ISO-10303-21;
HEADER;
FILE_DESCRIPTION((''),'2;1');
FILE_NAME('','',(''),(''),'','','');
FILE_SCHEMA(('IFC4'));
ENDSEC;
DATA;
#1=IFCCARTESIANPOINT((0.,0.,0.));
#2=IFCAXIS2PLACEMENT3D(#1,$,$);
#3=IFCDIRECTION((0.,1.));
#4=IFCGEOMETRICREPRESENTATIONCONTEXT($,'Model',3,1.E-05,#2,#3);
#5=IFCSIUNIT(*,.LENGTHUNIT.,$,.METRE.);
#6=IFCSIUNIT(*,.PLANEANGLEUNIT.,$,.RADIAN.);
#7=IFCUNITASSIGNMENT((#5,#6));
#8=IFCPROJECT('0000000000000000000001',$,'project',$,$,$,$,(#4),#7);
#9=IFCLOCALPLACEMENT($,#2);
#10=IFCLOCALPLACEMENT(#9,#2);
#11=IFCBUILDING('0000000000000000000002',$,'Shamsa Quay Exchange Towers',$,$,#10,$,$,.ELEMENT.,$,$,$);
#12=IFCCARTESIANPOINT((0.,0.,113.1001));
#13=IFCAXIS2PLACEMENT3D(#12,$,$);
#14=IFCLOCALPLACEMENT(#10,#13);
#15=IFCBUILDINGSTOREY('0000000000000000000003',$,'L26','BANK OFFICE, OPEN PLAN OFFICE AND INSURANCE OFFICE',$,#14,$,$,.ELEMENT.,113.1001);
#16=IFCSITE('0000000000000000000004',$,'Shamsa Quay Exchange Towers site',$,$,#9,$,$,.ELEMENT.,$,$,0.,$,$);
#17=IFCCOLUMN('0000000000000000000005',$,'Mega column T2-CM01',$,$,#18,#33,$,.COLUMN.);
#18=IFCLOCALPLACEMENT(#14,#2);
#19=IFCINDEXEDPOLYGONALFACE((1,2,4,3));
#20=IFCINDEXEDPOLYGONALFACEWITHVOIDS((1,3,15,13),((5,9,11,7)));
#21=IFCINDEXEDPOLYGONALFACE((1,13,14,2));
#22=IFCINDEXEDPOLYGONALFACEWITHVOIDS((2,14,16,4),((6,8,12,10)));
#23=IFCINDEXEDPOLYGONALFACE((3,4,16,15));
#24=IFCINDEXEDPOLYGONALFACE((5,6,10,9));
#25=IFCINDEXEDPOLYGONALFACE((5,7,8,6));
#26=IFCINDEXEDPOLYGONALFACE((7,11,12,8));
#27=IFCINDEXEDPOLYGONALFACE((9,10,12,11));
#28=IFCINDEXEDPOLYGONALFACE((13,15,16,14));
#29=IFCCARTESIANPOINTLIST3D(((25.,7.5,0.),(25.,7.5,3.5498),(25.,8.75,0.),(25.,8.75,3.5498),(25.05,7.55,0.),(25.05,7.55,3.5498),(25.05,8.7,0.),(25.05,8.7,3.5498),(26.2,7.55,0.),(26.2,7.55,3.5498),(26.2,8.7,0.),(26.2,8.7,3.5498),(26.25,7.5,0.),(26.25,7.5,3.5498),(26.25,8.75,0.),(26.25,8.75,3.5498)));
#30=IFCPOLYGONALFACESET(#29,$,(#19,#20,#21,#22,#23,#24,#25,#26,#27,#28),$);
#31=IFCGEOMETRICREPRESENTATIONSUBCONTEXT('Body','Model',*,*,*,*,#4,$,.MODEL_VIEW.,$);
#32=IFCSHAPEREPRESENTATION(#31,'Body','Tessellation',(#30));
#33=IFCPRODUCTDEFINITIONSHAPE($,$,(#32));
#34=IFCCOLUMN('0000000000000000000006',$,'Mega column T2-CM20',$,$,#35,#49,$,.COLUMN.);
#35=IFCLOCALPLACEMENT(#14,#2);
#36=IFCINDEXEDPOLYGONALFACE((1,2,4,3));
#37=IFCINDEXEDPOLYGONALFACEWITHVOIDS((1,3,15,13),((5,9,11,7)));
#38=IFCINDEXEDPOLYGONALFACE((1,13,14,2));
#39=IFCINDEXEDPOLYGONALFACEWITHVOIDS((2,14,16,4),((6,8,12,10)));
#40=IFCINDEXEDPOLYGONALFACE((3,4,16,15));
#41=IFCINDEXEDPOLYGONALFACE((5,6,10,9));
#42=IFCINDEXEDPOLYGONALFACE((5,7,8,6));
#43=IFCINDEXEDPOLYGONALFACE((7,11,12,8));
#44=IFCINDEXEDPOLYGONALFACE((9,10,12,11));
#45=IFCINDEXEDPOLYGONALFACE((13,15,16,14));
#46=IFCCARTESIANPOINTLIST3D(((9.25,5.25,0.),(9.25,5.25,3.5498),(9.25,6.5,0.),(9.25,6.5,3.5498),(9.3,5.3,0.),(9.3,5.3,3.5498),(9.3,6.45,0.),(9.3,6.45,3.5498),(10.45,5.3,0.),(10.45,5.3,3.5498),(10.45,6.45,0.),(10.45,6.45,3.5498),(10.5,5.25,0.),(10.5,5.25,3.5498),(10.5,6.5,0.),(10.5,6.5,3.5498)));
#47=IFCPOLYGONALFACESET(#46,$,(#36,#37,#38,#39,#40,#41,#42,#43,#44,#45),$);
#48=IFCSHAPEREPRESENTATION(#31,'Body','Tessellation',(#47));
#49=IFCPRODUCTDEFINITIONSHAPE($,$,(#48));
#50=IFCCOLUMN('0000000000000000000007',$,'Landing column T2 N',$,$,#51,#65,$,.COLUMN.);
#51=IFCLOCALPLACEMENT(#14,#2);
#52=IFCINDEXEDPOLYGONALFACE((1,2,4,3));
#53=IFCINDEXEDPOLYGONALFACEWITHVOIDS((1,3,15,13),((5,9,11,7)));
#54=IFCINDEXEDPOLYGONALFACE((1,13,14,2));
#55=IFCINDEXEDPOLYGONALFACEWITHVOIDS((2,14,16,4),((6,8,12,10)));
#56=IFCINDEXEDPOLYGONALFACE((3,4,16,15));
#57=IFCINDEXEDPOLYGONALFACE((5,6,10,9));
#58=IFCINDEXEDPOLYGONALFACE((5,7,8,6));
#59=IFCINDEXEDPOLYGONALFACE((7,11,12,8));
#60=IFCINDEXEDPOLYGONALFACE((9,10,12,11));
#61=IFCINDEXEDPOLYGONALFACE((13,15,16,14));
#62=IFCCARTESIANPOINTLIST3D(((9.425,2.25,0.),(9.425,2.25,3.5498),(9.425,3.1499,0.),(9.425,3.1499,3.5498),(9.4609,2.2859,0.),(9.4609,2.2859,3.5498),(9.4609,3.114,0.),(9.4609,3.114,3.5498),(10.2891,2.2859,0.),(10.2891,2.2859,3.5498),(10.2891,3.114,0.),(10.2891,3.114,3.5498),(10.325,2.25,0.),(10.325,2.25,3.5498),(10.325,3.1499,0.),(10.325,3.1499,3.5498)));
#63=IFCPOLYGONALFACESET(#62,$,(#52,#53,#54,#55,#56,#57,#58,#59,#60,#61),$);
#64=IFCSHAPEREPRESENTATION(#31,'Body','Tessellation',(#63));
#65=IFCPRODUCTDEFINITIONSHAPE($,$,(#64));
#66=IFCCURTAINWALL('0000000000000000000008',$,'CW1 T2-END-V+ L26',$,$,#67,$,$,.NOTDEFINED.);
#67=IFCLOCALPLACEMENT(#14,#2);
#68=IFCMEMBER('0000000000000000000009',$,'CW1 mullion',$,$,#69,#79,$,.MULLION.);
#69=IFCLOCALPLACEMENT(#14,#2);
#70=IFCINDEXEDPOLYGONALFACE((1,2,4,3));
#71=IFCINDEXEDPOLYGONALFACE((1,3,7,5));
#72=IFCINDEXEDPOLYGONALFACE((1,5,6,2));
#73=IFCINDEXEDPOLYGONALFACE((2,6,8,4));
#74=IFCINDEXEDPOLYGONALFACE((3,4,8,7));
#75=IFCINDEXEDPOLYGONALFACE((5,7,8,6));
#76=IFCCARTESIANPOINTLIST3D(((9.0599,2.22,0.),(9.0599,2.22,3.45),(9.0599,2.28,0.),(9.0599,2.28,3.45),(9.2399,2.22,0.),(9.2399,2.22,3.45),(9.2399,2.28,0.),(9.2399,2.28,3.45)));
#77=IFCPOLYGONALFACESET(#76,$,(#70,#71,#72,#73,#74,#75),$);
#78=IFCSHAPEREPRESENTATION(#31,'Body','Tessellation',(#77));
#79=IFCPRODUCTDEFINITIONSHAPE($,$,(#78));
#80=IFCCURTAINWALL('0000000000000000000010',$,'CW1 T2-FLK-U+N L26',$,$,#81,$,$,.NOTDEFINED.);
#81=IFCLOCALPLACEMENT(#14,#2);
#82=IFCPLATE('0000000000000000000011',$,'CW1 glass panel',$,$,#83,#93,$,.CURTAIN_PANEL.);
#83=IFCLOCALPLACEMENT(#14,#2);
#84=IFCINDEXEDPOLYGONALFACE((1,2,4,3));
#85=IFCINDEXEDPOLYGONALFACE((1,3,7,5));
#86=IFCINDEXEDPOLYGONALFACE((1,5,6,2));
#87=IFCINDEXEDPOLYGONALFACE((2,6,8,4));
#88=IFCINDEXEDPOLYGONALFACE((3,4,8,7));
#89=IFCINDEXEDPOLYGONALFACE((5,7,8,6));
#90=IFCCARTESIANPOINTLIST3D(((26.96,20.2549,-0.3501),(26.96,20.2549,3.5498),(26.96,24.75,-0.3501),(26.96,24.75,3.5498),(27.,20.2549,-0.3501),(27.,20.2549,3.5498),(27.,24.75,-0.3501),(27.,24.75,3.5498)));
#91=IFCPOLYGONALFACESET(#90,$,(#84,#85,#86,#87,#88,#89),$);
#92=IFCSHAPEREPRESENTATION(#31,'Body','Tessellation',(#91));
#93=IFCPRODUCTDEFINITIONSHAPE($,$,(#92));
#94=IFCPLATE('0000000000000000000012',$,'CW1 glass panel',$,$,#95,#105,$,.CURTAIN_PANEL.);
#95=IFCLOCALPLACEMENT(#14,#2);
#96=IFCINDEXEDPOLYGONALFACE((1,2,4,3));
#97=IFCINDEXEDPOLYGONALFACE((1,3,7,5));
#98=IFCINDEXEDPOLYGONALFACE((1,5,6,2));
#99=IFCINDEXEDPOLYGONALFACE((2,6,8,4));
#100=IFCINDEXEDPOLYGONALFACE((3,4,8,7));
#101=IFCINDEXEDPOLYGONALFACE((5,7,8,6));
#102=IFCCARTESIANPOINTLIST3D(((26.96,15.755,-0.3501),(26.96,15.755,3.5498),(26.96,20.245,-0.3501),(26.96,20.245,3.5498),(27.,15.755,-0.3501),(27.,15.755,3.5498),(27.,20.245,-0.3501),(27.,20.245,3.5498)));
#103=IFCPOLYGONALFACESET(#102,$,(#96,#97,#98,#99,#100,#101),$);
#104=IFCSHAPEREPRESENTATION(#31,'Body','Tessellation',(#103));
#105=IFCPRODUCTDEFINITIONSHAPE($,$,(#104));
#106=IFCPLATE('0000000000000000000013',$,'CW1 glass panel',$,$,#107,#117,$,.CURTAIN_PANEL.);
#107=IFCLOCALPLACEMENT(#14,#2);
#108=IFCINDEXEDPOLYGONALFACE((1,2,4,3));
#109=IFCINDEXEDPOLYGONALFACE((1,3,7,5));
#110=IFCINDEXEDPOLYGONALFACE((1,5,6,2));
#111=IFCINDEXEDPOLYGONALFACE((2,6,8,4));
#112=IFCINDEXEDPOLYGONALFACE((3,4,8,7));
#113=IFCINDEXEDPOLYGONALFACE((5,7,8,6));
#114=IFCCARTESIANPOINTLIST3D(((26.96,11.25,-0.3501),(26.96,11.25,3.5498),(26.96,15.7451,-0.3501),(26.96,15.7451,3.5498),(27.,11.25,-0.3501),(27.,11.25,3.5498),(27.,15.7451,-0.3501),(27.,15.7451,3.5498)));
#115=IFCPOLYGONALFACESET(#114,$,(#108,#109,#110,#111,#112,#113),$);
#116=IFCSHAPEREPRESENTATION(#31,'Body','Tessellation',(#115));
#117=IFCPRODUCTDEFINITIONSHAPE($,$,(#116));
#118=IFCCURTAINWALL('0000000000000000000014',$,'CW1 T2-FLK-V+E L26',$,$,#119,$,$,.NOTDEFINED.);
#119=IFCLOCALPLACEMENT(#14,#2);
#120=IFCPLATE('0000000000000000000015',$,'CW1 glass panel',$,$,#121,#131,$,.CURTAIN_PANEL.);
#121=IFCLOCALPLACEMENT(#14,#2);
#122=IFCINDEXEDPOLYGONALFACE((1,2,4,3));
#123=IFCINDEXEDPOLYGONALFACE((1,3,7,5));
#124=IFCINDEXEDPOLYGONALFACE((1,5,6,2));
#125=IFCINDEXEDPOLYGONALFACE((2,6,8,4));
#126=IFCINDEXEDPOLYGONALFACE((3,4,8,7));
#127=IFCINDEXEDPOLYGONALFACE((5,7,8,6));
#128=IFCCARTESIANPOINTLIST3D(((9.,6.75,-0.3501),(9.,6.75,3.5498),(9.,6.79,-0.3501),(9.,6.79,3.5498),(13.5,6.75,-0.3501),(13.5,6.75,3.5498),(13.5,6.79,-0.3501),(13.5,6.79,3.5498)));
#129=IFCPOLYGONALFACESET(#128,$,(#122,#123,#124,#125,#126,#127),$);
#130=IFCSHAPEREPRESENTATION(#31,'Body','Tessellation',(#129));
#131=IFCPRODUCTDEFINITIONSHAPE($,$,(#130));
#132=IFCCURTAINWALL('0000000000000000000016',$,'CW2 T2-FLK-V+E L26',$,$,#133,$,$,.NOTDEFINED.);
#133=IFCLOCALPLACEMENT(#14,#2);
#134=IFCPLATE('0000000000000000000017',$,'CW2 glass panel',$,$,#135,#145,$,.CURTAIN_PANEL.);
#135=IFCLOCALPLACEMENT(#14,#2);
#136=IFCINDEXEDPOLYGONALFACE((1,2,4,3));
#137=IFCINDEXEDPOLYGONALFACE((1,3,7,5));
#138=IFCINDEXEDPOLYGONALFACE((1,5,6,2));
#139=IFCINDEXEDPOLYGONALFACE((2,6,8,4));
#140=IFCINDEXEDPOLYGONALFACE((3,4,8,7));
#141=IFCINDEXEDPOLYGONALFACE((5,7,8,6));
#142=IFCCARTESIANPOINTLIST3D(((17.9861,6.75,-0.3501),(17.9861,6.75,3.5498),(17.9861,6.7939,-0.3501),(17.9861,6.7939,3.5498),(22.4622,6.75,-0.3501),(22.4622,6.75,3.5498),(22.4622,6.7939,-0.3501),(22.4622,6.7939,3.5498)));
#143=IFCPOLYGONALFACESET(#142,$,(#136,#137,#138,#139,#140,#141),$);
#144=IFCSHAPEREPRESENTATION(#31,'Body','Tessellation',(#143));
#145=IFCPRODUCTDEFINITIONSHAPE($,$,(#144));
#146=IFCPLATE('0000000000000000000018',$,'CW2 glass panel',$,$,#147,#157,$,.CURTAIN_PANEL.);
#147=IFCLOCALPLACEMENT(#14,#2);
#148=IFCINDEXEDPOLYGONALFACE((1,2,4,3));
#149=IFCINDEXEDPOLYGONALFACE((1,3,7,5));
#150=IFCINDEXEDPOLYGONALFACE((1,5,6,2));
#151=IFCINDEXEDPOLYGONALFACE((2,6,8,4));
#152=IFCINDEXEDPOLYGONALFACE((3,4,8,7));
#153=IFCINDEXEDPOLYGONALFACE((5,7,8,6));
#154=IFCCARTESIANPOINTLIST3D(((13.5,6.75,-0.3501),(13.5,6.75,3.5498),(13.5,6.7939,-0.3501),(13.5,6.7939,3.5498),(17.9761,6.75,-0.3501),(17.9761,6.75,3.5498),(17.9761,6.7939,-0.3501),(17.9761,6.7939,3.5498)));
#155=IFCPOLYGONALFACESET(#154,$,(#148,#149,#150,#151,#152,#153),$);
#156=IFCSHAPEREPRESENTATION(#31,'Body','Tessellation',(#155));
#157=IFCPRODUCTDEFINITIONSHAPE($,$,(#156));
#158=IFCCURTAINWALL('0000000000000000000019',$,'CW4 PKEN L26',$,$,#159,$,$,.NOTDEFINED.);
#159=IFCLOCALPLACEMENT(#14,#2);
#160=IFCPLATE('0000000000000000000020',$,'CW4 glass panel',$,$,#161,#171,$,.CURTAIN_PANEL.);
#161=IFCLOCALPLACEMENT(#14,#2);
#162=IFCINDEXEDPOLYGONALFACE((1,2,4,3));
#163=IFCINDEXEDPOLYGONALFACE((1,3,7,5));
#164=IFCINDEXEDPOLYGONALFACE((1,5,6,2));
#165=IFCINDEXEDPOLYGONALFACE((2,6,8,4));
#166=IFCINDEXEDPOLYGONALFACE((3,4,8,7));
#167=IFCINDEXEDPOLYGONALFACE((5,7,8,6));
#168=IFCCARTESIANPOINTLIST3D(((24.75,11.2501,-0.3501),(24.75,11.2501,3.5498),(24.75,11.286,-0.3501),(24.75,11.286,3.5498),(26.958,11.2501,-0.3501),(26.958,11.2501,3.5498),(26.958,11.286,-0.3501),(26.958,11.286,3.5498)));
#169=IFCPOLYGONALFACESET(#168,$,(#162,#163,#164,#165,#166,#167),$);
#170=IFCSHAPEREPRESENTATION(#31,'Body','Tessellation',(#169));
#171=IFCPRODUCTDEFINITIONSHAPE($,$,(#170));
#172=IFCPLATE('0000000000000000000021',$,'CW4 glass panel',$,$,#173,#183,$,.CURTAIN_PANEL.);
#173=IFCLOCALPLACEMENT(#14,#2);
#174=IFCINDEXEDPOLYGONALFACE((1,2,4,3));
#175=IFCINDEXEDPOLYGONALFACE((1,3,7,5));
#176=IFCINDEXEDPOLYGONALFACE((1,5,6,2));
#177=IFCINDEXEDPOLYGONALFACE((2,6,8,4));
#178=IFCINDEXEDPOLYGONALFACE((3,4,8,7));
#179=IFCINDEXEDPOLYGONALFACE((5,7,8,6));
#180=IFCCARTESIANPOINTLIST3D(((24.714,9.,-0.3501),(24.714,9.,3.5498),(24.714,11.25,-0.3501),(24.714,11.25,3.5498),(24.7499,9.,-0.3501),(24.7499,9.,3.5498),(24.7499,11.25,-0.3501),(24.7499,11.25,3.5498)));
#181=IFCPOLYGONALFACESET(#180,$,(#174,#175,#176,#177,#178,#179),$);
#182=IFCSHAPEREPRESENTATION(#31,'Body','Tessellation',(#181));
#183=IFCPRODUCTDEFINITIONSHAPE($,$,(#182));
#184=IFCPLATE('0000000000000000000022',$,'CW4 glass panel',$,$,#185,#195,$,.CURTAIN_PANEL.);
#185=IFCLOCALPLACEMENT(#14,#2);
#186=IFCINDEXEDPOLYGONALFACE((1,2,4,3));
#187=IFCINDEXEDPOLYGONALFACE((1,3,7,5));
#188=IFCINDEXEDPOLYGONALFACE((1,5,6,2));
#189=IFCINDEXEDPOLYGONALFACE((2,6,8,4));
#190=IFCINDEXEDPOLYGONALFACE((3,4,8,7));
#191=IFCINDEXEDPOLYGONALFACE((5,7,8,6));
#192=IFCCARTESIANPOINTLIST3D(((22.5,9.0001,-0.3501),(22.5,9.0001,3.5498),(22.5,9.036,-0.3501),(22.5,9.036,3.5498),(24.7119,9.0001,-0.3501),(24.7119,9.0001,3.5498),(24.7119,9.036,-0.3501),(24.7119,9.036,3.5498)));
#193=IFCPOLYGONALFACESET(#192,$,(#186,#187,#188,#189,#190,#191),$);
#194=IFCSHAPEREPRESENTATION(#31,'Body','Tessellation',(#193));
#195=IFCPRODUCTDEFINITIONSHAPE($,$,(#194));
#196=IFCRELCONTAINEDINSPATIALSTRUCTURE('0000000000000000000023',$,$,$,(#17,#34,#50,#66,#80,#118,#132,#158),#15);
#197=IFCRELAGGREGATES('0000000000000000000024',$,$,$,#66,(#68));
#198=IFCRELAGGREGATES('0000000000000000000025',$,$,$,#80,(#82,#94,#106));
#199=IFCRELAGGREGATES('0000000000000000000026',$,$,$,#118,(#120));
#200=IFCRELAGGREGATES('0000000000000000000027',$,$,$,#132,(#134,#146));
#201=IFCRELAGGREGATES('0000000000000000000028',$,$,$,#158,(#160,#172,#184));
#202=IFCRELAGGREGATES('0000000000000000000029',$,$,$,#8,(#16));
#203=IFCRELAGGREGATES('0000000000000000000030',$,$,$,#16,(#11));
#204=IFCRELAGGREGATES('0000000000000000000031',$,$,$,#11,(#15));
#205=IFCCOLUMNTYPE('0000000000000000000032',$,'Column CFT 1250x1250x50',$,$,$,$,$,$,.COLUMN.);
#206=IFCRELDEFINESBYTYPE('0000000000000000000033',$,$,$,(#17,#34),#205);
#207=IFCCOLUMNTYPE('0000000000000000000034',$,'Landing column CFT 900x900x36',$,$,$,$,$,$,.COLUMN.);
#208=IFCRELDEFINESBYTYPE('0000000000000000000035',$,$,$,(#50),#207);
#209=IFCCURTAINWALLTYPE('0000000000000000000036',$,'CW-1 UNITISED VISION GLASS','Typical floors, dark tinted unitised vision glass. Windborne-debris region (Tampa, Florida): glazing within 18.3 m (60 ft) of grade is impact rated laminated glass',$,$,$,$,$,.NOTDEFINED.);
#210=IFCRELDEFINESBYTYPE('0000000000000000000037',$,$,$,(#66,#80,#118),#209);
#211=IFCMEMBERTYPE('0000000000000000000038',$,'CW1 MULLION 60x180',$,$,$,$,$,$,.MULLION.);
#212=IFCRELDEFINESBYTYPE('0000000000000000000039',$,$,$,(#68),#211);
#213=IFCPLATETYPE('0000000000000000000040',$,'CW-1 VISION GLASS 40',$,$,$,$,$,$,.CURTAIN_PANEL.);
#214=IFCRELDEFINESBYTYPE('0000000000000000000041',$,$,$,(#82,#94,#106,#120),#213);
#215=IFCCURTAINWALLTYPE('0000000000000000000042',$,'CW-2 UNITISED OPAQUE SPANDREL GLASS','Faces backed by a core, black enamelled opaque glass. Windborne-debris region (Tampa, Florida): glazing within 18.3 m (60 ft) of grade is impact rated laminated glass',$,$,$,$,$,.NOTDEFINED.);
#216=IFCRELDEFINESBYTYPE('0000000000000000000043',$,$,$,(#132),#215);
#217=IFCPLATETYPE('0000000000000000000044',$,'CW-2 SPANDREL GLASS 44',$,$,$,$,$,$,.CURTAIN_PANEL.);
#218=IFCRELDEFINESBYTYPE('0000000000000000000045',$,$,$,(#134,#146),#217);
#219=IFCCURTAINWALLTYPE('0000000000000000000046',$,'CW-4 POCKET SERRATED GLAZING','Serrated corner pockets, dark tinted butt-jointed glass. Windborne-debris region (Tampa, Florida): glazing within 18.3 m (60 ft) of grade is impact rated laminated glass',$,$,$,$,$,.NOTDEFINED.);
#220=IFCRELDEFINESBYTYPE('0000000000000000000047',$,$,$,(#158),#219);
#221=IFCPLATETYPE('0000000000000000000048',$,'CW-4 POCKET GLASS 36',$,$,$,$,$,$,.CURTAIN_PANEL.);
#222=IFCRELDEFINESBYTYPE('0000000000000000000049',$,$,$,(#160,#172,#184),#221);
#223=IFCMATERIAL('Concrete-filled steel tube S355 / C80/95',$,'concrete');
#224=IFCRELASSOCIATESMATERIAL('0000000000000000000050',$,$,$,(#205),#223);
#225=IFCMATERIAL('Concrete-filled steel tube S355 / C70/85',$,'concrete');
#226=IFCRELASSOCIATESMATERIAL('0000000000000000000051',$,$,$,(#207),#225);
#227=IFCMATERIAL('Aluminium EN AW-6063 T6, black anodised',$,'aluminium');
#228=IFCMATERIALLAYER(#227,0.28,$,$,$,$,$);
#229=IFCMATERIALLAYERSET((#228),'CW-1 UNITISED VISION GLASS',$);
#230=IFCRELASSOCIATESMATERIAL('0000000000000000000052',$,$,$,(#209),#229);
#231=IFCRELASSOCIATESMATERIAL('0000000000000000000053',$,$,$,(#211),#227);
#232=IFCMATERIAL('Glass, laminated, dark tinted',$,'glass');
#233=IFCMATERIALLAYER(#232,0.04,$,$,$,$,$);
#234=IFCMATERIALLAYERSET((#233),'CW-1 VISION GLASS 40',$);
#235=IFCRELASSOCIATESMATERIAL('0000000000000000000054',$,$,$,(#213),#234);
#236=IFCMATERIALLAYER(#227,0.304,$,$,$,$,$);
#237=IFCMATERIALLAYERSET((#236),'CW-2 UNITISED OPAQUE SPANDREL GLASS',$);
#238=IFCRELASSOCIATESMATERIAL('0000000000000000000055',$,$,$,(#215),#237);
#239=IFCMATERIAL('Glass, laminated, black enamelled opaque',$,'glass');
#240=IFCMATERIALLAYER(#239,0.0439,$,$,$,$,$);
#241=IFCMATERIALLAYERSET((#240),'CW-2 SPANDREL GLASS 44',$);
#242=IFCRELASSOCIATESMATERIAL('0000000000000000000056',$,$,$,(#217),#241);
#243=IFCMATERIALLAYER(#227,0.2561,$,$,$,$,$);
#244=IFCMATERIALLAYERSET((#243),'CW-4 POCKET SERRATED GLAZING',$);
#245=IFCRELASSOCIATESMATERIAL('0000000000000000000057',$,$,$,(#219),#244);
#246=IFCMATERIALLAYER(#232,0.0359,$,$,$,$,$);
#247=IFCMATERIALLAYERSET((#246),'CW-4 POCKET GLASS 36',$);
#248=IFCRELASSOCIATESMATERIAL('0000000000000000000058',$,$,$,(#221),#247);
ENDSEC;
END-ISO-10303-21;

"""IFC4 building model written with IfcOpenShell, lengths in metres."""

from ifc_helpers import new_model, si_unit, direction, frame, origin, origin_2d, place, context, subcontext, project, spatial, rectangle, hollow_rectangle, extrude, material, layer, layer_set, material_profile, profile_set, type_object, element, aggregate, save


model = new_model("IFC4")

# Units and contexts
model_context = context("Model", 3, precision=1e-05, world=origin(), true_north=direction((0.0, 1.0)))
body_context = subcontext(model_context, "Body", "Model", "MODEL_VIEW")
ifc_project = project(units=[si_unit("LENGTHUNIT", "METRE"), si_unit("PLANEANGLEUNIT", "RADIAN")], contexts=[model_context])

# Site, building, storey
site_placement = place(None, origin())
site = spatial("IfcSite", under=ifc_project, at=site_placement, Name="Shamsa Quay Exchange Towers site", CompositionType="ELEMENT", RefElevation=0.0)
building_placement = place(site_placement, origin())
building = spatial("IfcBuilding", under=site, at=building_placement, Name="Shamsa Quay Exchange Towers", CompositionType="ELEMENT")
storey_placement = place(building_placement, frame((0.0, 0.0, 113.1001)))
storey = spatial("IfcBuildingStorey", under=building, at=storey_placement, Name="L26", Description="BANK OFFICE, OPEN PLAN OFFICE AND INSURANCE OFFICE", CompositionType="ELEMENT", Elevation=113.1001)

# Columns
ifc_material_1 = material(Name="Concrete-filled steel tube S355 / C80/95", Category="concrete")
ifc_material_profile_1 = material_profile(ifc_material_1, hollow_rectangle(XDim=1.25, YDim=1.25, WallThickness=0.05, at=origin_2d()), Name="CFT 1250x1250x50")
ifc_profile_set_1 = profile_set([ifc_material_profile_1], Name="Concrete-filled steel tube S355 / C80/95")
column_type_1 = type_object("IfcColumnType", Name="Column CFT 1250x1250x50", PredefinedType="COLUMN", material=ifc_profile_set_1)
for number, where, name in (
    (1, (25.625, 8.125, 0.0), "Mega column T2-CM01"),
    (2, (9.875, 5.875, 0.0), "Mega column T2-CM20"),
):
    element("IfcColumn", number, at=place(storey_placement, frame(where)), inside=storey, type_object=column_type_1, Name=name, PredefinedType="COLUMN", context=body_context, shape_type="SweptSolid", body=[
        extrude(hollow_rectangle(XDim=1.25, YDim=1.25, WallThickness=0.05, at=origin_2d()), origin(), (0.0, 0.0, 1.0), 3.5498),
    ])
ifc_material_2 = material(Name="Concrete-filled steel tube S355 / C70/85", Category="concrete")
ifc_material_profile_2 = material_profile(ifc_material_2, hollow_rectangle(XDim=0.8999, YDim=0.8999, WallThickness=0.0359, at=origin_2d()), Name="CFT 900x900x36")
ifc_profile_set_2 = profile_set([ifc_material_profile_2], Name="Concrete-filled steel tube S355 / C70/85")
column_type_2 = type_object("IfcColumnType", Name="Landing column CFT 900x900x36", PredefinedType="COLUMN", material=ifc_profile_set_2)
column_placement = place(storey_placement, frame((9.875, 2.7, 0.0)))
element("IfcColumn", 3, at=column_placement, inside=storey, type_object=column_type_2, Name="Landing column T2 N", PredefinedType="COLUMN", context=body_context, shape_type="SweptSolid", body=[
    extrude(hollow_rectangle(XDim=0.8999, YDim=0.8999, WallThickness=0.0359, at=origin_2d()), origin(), (0.0, 0.0, 1.0), 3.5498),
])

# Curtain wall, member
ifc_material_3 = material(Name="Aluminium EN AW-6063 T6, black anodised", Category="aluminium")
ifc_layer_1 = layer(ifc_material_3, 0.28)
ifc_layer_set_1 = layer_set([ifc_layer_1], Name="CW-1 UNITISED VISION GLASS")
curtain_wall_type_1 = type_object("IfcCurtainWallType", Name="CW-1 UNITISED VISION GLASS", Description="Typical floors, dark tinted unitised vision glass. Windborne-debris region (Tampa, Florida): glazing within 18.3 m (60 ft) of grade is impact rated laminated glass", PredefinedType="NOTDEFINED", material=ifc_layer_set_1)
curtain_wall_1_placement = place(storey_placement, origin())
curtain_wall_1 = element("IfcCurtainWall", 4, at=curtain_wall_1_placement, inside=storey, type_object=curtain_wall_type_1, Name="CW1 T2-END-V+ L26", PredefinedType="NOTDEFINED")
ifc_material_profile_3 = material_profile(ifc_material_3, rectangle(XDim=0.1799, YDim=0.0601, at=origin_2d()), Name="MU60x180")
ifc_profile_set_3 = profile_set([ifc_material_profile_3], Name="Aluminium EN AW-6063 T6, black anodised")
member_type = type_object("IfcMemberType", Name="CW1 MULLION 60x180", PredefinedType="MULLION", material=ifc_profile_set_3)
member_placement = place(storey_placement, frame((9.1499, 2.25, 0.0)))
member = element("IfcMember", 5, at=member_placement, type_object=member_type, Name="CW1 mullion", PredefinedType="MULLION", context=body_context, shape_type="SweptSolid", body=[
    extrude(rectangle(XDim=0.1799, YDim=0.0601, at=origin_2d()), origin(), (0.0, 0.0, 1.0), 3.45),
])
aggregate(curtain_wall_1, [member])

# Curtain wall, plates
curtain_wall_2_placement = place(storey_placement, origin())
curtain_wall_2 = element("IfcCurtainWall", 6, at=curtain_wall_2_placement, inside=storey, type_object=curtain_wall_type_1, Name="CW1 T2-FLK-U+N L26", PredefinedType="NOTDEFINED")
ifc_material_4 = material(Name="Glass, laminated, dark tinted", Category="glass")
ifc_layer_2 = layer(ifc_material_4, 0.04)
ifc_layer_set_2 = layer_set([ifc_layer_2], Name="CW-1 VISION GLASS 40")
plate_type_1 = type_object("IfcPlateType", Name="CW-1 VISION GLASS 40", PredefinedType="CURTAIN_PANEL", material=ifc_layer_set_2)
plate_1_placement = place(storey_placement, frame((26.98, 22.5024, -0.3501), z_axis=(0.0, 0.0, 1.0), x_axis=(0.0, -1.0, 0.0)))
plate_1 = element("IfcPlate", 7, at=plate_1_placement, type_object=plate_type_1, Name="CW1 glass panel", PredefinedType="CURTAIN_PANEL", context=body_context, shape_type="SweptSolid", body=[
    extrude(rectangle(XDim=4.4951, YDim=0.04, at=origin_2d()), origin(), (0.0, 0.0, 1.0), 3.8999),
])
plate_2_placement = place(storey_placement, frame((26.98, 18.0, -0.3501), z_axis=(0.0, 0.0, 1.0), x_axis=(0.0, -1.0, 0.0)))
plate_2 = element("IfcPlate", 8, at=plate_2_placement, type_object=plate_type_1, Name="CW1 glass panel", PredefinedType="CURTAIN_PANEL", context=body_context, shape_type="SweptSolid", body=[
    extrude(rectangle(XDim=4.49, YDim=0.04, at=origin_2d()), origin(), (0.0, 0.0, 1.0), 3.8999),
])
plate_3_placement = place(storey_placement, frame((26.98, 13.4976, -0.3501), z_axis=(0.0, 0.0, 1.0), x_axis=(0.0, -1.0, 0.0)))
plate_3 = element("IfcPlate", 9, at=plate_3_placement, type_object=plate_type_1, Name="CW1 glass panel", PredefinedType="CURTAIN_PANEL", context=body_context, shape_type="SweptSolid", body=[
    extrude(rectangle(XDim=4.4951, YDim=0.04, at=origin_2d()), origin(), (0.0, 0.0, 1.0), 3.8999),
])
aggregate(curtain_wall_2, [plate_1, plate_2, plate_3])

# Curtain wall, plate
curtain_wall_3_placement = place(storey_placement, origin())
curtain_wall_3 = element("IfcCurtainWall", 10, at=curtain_wall_3_placement, inside=storey, type_object=curtain_wall_type_1, Name="CW1 T2-FLK-V+E L26", PredefinedType="NOTDEFINED")
plate_4_placement = place(storey_placement, frame((11.25, 6.77, -0.3501), z_axis=(0.0, 0.0, 1.0), x_axis=(-1.0, 0.0, 0.0)))
plate_4 = element("IfcPlate", 11, at=plate_4_placement, type_object=plate_type_1, Name="CW1 glass panel", PredefinedType="CURTAIN_PANEL", context=body_context, shape_type="SweptSolid", body=[
    extrude(rectangle(XDim=4.5, YDim=0.04, at=origin_2d()), origin(), (0.0, 0.0, 1.0), 3.8999),
])
aggregate(curtain_wall_3, [plate_4])

# Curtain walls, plates
ifc_layer_3 = layer(ifc_material_3, 0.304)
ifc_layer_set_3 = layer_set([ifc_layer_3], Name="CW-2 UNITISED OPAQUE SPANDREL GLASS")
curtain_wall_type_2 = type_object("IfcCurtainWallType", Name="CW-2 UNITISED OPAQUE SPANDREL GLASS", Description="Faces backed by a core, black enamelled opaque glass. Windborne-debris region (Tampa, Florida): glazing within 18.3 m (60 ft) of grade is impact rated laminated glass", PredefinedType="NOTDEFINED", material=ifc_layer_set_3)
curtain_wall_4_placement = place(storey_placement, origin())
curtain_wall_4 = element("IfcCurtainWall", 12, at=curtain_wall_4_placement, inside=storey, type_object=curtain_wall_type_2, Name="CW2 T2-FLK-V+E L26", PredefinedType="NOTDEFINED")
ifc_material_5 = material(Name="Glass, laminated, black enamelled opaque", Category="glass")
ifc_layer_4 = layer(ifc_material_5, 0.0439)
ifc_layer_set_4 = layer_set([ifc_layer_4], Name="CW-2 SPANDREL GLASS 44")
plate_type_2 = type_object("IfcPlateType", Name="CW-2 SPANDREL GLASS 44", PredefinedType="CURTAIN_PANEL", material=ifc_layer_set_4)
plate_5_placement = place(storey_placement, frame((20.2241, 6.772, -0.3501), z_axis=(0.0, 0.0, 1.0), x_axis=(-1.0, 0.0, 0.0)))
plate_5 = element("IfcPlate", 13, at=plate_5_placement, type_object=plate_type_2, Name="CW2 glass panel", PredefinedType="CURTAIN_PANEL", context=body_context, shape_type="SweptSolid", body=[
    extrude(rectangle(XDim=4.4761, YDim=0.0439, at=origin_2d()), origin(), (0.0, 0.0, 1.0), 3.8999),
])
plate_6_placement = place(storey_placement, frame((15.738, 6.772, -0.3501), z_axis=(0.0, 0.0, 1.0), x_axis=(-1.0, 0.0, 0.0)))
plate_6 = element("IfcPlate", 14, at=plate_6_placement, type_object=plate_type_2, Name="CW2 glass panel", PredefinedType="CURTAIN_PANEL", context=body_context, shape_type="SweptSolid", body=[
    extrude(rectangle(XDim=4.4761, YDim=0.0439, at=origin_2d()), origin(), (0.0, 0.0, 1.0), 3.8999),
])
aggregate(curtain_wall_4, [plate_5, plate_6])
ifc_layer_5 = layer(ifc_material_3, 0.2561)
ifc_layer_set_5 = layer_set([ifc_layer_5], Name="CW-4 POCKET SERRATED GLAZING")
curtain_wall_type_3 = type_object("IfcCurtainWallType", Name="CW-4 POCKET SERRATED GLAZING", Description="Serrated corner pockets, dark tinted butt-jointed glass. Windborne-debris region (Tampa, Florida): glazing within 18.3 m (60 ft) of grade is impact rated laminated glass", PredefinedType="NOTDEFINED", material=ifc_layer_set_5)
curtain_wall_5_placement = place(storey_placement, origin())
curtain_wall_5 = element("IfcCurtainWall", 15, at=curtain_wall_5_placement, inside=storey, type_object=curtain_wall_type_3, Name="CW4 PKEN L26", PredefinedType="NOTDEFINED")
ifc_layer_6 = layer(ifc_material_4, 0.0359)
ifc_layer_set_6 = layer_set([ifc_layer_6], Name="CW-4 POCKET GLASS 36")
plate_type_3 = type_object("IfcPlateType", Name="CW-4 POCKET GLASS 36", PredefinedType="CURTAIN_PANEL", material=ifc_layer_set_6)
plate_7_placement = place(storey_placement, frame((25.854, 11.2681, -0.3501), z_axis=(0.0, 0.0, 1.0), x_axis=(-1.0, 0.0, 0.0)))
plate_7 = element("IfcPlate", 16, at=plate_7_placement, type_object=plate_type_3, Name="CW4 glass panel", PredefinedType="CURTAIN_PANEL", context=body_context, shape_type="SweptSolid", body=[
    extrude(rectangle(XDim=2.208, YDim=0.0359, at=origin_2d()), origin(), (0.0, 0.0, 1.0), 3.8999),
])
plate_8_placement = place(storey_placement, frame((24.7319, 10.125, -0.3501), z_axis=(0.0, 0.0, 1.0), x_axis=(0.0, -1.0, 0.0)))
plate_8 = element("IfcPlate", 17, at=plate_8_placement, type_object=plate_type_3, Name="CW4 glass panel", PredefinedType="CURTAIN_PANEL", context=body_context, shape_type="SweptSolid", body=[
    extrude(rectangle(XDim=2.25, YDim=0.0359, at=origin_2d()), origin(), (0.0, 0.0, 1.0), 3.8999),
])
plate_9_placement = place(storey_placement, frame((23.606, 9.0181, -0.3501), z_axis=(0.0, 0.0, 1.0), x_axis=(-1.0, 0.0, 0.0)))
plate_9 = element("IfcPlate", 18, at=plate_9_placement, type_object=plate_type_3, Name="CW4 glass panel", PredefinedType="CURTAIN_PANEL", context=body_context, shape_type="SweptSolid", body=[
    extrude(rectangle(XDim=2.2119, YDim=0.0359, at=origin_2d()), origin(), (0.0, 0.0, 1.0), 3.8999),
])
aggregate(curtain_wall_5, [plate_7, plate_8, plate_9])

save(model, "model.ifc")
